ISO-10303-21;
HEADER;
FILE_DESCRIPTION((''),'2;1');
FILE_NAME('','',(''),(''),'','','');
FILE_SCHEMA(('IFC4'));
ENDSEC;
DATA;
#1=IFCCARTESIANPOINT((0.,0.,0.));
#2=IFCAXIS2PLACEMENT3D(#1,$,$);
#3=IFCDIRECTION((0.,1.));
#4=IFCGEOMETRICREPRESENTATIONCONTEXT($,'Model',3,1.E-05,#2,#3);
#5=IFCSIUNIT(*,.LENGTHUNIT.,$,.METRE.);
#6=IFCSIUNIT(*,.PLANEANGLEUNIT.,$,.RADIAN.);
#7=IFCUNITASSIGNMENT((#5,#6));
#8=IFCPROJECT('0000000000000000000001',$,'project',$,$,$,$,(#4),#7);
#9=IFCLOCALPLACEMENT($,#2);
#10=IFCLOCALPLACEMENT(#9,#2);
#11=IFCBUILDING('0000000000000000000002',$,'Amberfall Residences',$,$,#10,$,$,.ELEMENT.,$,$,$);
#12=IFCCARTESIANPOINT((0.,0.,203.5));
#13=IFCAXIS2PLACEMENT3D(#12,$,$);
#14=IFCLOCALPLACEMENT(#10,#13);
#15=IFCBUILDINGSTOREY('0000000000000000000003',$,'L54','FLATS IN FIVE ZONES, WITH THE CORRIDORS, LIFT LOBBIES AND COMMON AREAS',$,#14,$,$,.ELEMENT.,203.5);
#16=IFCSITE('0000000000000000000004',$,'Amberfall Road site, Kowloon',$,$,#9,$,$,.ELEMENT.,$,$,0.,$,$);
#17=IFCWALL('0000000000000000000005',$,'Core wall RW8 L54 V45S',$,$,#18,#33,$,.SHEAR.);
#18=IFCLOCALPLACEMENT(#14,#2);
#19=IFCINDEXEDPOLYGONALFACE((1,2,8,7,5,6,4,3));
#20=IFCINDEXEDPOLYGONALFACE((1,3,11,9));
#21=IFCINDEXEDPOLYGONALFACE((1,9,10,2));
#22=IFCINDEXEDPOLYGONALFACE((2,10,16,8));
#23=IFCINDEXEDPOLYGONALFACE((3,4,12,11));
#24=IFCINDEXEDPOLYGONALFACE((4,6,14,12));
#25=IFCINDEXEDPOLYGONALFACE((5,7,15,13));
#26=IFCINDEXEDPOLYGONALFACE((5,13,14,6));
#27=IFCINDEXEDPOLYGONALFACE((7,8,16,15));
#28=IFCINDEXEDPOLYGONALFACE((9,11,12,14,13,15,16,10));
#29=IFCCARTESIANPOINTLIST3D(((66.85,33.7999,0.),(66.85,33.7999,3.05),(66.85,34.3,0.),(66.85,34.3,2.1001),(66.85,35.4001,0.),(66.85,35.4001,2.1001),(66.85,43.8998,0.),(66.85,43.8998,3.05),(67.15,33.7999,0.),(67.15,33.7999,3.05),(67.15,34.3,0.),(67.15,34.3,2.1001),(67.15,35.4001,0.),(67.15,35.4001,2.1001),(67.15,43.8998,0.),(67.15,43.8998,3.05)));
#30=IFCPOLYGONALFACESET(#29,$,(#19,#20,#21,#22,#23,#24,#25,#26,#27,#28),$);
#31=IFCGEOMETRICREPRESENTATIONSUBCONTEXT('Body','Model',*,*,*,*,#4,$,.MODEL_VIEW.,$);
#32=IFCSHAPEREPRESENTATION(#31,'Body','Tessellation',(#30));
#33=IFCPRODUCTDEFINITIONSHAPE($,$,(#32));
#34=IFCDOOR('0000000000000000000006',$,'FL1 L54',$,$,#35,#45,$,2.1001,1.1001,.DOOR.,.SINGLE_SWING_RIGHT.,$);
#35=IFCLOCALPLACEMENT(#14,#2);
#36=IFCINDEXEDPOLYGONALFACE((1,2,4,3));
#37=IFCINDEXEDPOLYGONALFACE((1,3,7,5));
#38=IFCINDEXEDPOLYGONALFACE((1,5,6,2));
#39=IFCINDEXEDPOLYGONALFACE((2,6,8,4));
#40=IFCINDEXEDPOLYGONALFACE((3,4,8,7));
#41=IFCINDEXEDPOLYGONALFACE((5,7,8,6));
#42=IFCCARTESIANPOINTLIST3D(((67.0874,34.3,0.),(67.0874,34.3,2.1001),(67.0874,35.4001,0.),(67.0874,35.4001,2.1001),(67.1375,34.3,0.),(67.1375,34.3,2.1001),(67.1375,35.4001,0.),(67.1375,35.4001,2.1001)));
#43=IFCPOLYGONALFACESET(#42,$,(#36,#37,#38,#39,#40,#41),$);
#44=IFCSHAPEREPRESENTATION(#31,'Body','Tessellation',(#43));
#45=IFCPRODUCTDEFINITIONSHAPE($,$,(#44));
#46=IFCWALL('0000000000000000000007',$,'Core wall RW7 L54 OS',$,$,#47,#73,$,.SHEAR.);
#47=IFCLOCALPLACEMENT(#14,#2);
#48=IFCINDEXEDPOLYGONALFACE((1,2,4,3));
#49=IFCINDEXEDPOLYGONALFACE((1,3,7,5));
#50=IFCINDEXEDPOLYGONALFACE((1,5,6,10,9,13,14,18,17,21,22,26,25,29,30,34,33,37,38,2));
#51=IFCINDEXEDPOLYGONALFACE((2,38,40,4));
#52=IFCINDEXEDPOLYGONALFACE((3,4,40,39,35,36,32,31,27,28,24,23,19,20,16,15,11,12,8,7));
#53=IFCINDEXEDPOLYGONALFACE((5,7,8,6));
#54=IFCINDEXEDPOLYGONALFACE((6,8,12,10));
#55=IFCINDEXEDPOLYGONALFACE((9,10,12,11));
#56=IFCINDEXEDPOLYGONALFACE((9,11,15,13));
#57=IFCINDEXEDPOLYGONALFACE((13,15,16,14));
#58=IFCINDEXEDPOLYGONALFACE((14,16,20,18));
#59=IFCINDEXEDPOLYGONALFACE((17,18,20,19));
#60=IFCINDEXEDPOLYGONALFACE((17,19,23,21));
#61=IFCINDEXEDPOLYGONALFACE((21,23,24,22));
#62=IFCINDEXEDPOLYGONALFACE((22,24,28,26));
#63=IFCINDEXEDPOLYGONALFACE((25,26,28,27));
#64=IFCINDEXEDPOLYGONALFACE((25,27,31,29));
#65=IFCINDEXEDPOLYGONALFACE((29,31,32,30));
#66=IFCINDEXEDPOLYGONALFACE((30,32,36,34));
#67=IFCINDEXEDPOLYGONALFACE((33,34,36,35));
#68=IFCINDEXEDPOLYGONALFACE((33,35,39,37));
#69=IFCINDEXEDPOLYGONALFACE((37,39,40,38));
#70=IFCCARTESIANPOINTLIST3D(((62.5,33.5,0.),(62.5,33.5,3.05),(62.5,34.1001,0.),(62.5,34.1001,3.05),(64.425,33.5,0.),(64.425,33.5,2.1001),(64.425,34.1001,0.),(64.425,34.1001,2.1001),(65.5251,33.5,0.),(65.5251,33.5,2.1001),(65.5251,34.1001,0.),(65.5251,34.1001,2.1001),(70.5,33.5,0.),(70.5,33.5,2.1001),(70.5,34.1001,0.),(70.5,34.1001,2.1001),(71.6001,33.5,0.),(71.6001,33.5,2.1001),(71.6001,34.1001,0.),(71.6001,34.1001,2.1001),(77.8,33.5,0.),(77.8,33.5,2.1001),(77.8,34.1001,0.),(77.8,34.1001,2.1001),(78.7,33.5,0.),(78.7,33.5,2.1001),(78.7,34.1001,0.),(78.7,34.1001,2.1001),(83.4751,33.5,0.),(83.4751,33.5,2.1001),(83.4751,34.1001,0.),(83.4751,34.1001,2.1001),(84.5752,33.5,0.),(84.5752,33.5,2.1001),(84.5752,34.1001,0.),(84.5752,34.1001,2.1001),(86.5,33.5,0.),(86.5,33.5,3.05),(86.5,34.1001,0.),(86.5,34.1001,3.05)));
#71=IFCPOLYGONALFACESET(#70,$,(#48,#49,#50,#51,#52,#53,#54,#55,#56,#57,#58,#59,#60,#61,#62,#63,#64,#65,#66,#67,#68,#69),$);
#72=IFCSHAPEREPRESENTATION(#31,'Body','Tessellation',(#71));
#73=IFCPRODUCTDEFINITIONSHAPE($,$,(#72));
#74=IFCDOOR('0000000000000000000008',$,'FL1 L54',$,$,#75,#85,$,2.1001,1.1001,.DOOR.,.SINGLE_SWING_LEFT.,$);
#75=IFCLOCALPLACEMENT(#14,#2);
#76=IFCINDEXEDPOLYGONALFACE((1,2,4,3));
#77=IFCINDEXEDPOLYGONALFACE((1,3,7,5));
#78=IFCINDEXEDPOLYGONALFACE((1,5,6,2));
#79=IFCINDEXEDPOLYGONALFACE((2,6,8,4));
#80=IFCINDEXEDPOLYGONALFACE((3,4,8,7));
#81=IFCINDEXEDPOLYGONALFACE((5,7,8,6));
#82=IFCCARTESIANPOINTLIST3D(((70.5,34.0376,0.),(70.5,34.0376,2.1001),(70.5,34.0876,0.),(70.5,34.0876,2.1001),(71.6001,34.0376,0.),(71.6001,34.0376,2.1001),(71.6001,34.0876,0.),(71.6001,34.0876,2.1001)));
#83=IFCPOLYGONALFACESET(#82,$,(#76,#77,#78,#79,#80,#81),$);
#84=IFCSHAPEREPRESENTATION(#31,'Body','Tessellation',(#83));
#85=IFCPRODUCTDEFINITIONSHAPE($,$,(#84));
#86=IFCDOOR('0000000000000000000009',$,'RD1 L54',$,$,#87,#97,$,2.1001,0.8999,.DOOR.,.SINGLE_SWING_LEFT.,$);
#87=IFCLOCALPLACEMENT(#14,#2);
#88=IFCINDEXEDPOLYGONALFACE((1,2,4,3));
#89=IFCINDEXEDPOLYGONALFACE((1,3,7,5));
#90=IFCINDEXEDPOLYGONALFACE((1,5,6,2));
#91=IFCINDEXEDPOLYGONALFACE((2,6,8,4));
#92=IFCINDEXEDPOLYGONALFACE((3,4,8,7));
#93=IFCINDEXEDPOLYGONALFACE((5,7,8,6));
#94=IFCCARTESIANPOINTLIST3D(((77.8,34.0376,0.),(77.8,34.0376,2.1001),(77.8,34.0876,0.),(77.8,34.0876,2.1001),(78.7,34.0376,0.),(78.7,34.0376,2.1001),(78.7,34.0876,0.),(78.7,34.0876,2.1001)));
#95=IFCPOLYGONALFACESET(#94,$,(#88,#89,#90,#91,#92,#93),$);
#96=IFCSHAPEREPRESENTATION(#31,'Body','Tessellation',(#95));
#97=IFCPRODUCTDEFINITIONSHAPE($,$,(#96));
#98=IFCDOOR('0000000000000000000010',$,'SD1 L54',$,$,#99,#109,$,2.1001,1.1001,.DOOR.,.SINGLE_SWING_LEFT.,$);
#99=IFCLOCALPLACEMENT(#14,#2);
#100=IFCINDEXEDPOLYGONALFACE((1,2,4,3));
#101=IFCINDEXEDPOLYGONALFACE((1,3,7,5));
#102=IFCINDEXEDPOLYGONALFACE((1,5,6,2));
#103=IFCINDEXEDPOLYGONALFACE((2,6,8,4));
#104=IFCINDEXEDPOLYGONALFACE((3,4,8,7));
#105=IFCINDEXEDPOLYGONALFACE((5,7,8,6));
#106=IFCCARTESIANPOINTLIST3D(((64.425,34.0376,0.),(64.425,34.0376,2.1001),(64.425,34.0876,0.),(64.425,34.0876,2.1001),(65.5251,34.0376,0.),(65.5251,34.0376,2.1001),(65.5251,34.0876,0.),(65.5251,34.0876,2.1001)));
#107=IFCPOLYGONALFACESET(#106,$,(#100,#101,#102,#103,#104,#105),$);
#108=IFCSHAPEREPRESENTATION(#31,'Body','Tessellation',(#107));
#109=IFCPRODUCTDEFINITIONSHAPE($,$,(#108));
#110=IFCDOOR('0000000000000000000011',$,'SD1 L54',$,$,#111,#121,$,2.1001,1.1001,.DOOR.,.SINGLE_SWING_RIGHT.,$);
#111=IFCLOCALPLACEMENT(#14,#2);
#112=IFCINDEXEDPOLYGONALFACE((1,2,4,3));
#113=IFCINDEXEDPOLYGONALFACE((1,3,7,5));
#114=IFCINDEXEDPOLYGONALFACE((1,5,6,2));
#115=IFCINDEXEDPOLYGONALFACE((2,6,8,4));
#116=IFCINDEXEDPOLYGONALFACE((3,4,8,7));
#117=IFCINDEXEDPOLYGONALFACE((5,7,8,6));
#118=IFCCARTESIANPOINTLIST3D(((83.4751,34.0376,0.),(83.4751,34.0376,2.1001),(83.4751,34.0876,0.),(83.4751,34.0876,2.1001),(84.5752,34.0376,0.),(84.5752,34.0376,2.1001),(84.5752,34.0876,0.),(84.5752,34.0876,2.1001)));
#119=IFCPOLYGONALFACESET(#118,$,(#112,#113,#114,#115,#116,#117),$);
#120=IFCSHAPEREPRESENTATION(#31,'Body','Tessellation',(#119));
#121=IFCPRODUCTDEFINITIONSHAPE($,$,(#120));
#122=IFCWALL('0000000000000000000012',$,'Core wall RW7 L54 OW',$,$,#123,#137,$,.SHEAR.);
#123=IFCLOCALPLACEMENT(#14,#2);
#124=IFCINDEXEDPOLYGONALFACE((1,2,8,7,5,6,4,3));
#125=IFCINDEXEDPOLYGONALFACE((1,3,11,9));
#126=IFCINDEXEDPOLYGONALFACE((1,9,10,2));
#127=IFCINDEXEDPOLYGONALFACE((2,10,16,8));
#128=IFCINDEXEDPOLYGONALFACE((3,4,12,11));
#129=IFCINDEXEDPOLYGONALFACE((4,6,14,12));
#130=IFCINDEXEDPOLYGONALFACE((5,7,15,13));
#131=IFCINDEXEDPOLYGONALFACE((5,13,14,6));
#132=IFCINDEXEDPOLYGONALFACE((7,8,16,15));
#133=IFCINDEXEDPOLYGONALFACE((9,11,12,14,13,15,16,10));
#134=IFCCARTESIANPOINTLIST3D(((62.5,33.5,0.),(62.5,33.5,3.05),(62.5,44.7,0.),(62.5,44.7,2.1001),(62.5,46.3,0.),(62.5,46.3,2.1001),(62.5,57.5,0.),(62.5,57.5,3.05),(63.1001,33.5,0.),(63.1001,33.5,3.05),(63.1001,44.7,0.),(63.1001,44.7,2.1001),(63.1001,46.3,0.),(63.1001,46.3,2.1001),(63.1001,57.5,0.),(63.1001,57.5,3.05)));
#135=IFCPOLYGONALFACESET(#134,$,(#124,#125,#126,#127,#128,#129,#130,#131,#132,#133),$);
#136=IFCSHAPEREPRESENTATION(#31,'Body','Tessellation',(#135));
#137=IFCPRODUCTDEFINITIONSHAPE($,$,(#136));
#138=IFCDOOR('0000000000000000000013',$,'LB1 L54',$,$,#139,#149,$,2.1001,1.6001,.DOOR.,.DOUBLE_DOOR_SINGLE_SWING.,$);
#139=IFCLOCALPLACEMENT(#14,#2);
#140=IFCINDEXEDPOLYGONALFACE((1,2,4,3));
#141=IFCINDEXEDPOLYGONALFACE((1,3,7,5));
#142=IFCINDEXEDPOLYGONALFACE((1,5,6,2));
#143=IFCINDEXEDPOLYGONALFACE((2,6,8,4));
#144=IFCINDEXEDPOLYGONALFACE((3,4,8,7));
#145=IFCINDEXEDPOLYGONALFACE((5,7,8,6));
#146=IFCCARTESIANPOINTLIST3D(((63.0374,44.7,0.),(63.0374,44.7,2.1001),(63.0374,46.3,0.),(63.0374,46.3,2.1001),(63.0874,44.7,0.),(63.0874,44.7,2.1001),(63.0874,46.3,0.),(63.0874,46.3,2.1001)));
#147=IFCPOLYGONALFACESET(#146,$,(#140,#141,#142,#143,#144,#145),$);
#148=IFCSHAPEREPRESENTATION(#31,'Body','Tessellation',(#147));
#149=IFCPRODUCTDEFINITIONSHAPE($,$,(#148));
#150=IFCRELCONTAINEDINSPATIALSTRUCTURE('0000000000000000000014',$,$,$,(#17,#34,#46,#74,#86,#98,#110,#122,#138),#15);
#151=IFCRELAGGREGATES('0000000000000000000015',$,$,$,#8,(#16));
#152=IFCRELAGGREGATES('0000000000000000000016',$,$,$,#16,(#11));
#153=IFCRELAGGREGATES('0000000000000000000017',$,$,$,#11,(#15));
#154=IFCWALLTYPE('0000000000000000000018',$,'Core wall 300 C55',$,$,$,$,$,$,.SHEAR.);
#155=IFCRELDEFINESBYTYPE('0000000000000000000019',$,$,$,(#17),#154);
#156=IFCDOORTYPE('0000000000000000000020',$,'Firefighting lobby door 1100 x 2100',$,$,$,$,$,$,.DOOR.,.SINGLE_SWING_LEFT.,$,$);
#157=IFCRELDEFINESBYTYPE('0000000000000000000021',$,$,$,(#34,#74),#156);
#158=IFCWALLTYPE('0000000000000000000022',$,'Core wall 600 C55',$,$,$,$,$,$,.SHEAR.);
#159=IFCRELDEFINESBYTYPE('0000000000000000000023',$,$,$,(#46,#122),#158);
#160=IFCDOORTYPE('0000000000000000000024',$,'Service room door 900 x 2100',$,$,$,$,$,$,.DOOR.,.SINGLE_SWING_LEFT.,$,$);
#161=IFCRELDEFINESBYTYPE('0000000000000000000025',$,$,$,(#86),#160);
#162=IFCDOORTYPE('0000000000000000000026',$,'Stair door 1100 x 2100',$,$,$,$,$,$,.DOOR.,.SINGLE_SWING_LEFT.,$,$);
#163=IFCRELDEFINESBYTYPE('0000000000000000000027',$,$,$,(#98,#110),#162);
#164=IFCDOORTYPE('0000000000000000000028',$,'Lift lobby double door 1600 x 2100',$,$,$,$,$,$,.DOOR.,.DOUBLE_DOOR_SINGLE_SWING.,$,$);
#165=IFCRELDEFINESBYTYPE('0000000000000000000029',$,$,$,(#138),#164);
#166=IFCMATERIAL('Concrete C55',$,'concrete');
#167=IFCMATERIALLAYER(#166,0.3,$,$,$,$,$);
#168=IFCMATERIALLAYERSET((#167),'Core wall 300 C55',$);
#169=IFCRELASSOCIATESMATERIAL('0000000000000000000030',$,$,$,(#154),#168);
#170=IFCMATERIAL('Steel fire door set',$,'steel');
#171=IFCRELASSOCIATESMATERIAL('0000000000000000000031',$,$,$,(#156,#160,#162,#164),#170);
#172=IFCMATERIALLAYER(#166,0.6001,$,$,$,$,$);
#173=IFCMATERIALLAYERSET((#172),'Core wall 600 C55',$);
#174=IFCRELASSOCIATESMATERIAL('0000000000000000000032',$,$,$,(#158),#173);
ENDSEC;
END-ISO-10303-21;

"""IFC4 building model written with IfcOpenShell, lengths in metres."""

from ifc_helpers import new_model, si_unit, direction, frame, frame_2d, origin, place, context, subcontext, project, spatial, rectangle, extrude, material, layer, layer_set, type_object, element, fill, save


model = new_model("IFC4")

# Units and contexts
model_context = context("Model", 3, precision=1e-05, world=origin(), true_north=direction((0.0, 1.0)))
body_context = subcontext(model_context, "Body", "Model", "MODEL_VIEW")
ifc_project = project(units=[si_unit("LENGTHUNIT", "METRE"), si_unit("PLANEANGLEUNIT", "RADIAN")], contexts=[model_context])

# Site, building, storey
site_placement = place(None, origin())
site = spatial("IfcSite", under=ifc_project, at=site_placement, Name="Amberfall Road site, Kowloon", CompositionType="ELEMENT", RefElevation=0.0)
building_placement = place(site_placement, origin())
building = spatial("IfcBuilding", under=site, at=building_placement, Name="Amberfall Residences", CompositionType="ELEMENT")
storey_placement = place(building_placement, frame((0.0, 0.0, 203.5)))
storey = spatial("IfcBuildingStorey", under=building, at=storey_placement, Name="L54", Description="FLATS IN FIVE ZONES, WITH THE CORRIDORS, LIFT LOBBIES AND COMMON AREAS", CompositionType="ELEMENT", Elevation=203.5)

# Wall, opening, door
ifc_material_1 = material(Name="Concrete C55", Category="concrete")
ifc_layer_1 = layer(ifc_material_1, 0.3)
ifc_layer_set_1 = layer_set([ifc_layer_1], Name="Core wall 300 C55")
wall_type_1 = type_object("IfcWallType", Name="Core wall 300 C55", PredefinedType="SHEAR", material=ifc_layer_set_1)
wall_1_placement = place(storey_placement, frame((67.0, 33.8, 0.0), z_axis=(0.0, 0.0, 1.0), x_axis=(0.0, 1.0, 0.0)))
wall_1 = element("IfcWall", 1, at=wall_1_placement, inside=storey, type_object=wall_type_1, Name="Core wall RW8 L54 V45S", PredefinedType="SHEAR", context=body_context, shape_type="SweptSolid", body=[
    extrude(rectangle(XDim=10.0999, YDim=0.3, at=frame_2d((5.0498, 0.0))), origin(), (0.0, 0.0, 1.0), 3.05),
])
opening_1_placement = place(wall_1_placement, frame((0.5, 0.0, 0.0)))
opening_1 = element("IfcOpeningElement", 2, at=opening_1_placement, cuts=wall_1, PredefinedType="OPENING", context=body_context, shape_type="SweptSolid", body=[
    extrude(rectangle(XDim=1.1001, YDim=2.1001, at=frame_2d((0.55, 1.05))), frame((0.0, 0.1599, 0.0), z_axis=(0.0, -1.0, 0.0), x_axis=(1.0, 0.0, 0.0)), (0.0, 0.0, 1.0), 0.3201),
])
ifc_material_2 = material(Name="Steel fire door set", Category="steel")
door_type_1 = type_object("IfcDoorType", Name="Firefighting lobby door 1100 x 2100", OperationType="SINGLE_SWING_LEFT", PredefinedType="DOOR", material=ifc_material_2)
door_1_placement = place(opening_1_placement, origin())
door_1 = element("IfcDoor", 3, at=door_1_placement, inside=storey, type_object=door_type_1, Name="FL1 L54", OperationType="SINGLE_SWING_RIGHT", OverallHeight=2.1001, OverallWidth=1.1001, PredefinedType="DOOR", context=body_context, shape_type="SweptSolid", body=[
    extrude(rectangle(XDim=1.1001, YDim=2.1001, at=frame_2d((0.55, 1.05))), frame((0.0, -0.0874, 0.0), z_axis=(0.0, -1.0, 0.0), x_axis=(1.0, 0.0, 0.0)), (0.0, 0.0, 1.0), 0.05),
])
fill(opening_1, door_1)

# Wall, openings, doors
ifc_layer_2 = layer(ifc_material_1, 0.6001)
ifc_layer_set_2 = layer_set([ifc_layer_2], Name="Core wall 600 C55")
wall_type_2 = type_object("IfcWallType", Name="Core wall 600 C55", PredefinedType="SHEAR", material=ifc_layer_set_2)
wall_2_placement = place(storey_placement, frame((62.5, 33.8, 0.0), z_axis=(0.0, 0.0, 1.0), x_axis=(1.0, 0.0, 0.0)))
wall_2 = element("IfcWall", 4, at=wall_2_placement, inside=storey, type_object=wall_type_2, Name="Core wall RW7 L54 OS", PredefinedType="SHEAR", context=body_context, shape_type="SweptSolid", body=[
    extrude(rectangle(XDim=24.0, YDim=0.6001, at=frame_2d((12.0, 0.0))), origin(), (0.0, 0.0, 1.0), 3.05),
])
opening_2_placement = place(wall_2_placement, frame((1.925, 0.0, 0.0)))
opening_2 = element("IfcOpeningElement", 5, at=opening_2_placement, cuts=wall_2, PredefinedType="OPENING", context=body_context, shape_type="SweptSolid", body=[
    extrude(rectangle(XDim=1.1001, YDim=2.1001, at=frame_2d((0.55, 1.05))), frame((0.0, 0.3101, 0.0), z_axis=(0.0, -1.0, 0.0), x_axis=(1.0, 0.0, 0.0)), (0.0, 0.0, 1.0), 0.6201),
])
opening_3_placement = place(wall_2_placement, frame((20.9751, 0.0, 0.0)))
opening_3 = element("IfcOpeningElement", 6, at=opening_3_placement, cuts=wall_2, PredefinedType="OPENING", context=body_context, shape_type="SweptSolid", body=[
    extrude(rectangle(XDim=1.1001, YDim=2.1001, at=frame_2d((0.55, 1.05))), frame((0.0, 0.3101, 0.0), z_axis=(0.0, -1.0, 0.0), x_axis=(1.0, 0.0, 0.0)), (0.0, 0.0, 1.0), 0.6201),
])
opening_4_placement = place(wall_2_placement, frame((8.0, 0.0, 0.0)))
opening_4 = element("IfcOpeningElement", 7, at=opening_4_placement, cuts=wall_2, PredefinedType="OPENING", context=body_context, shape_type="SweptSolid", body=[
    extrude(rectangle(XDim=1.1001, YDim=2.1001, at=frame_2d((0.55, 1.05))), frame((0.0, 0.3101, 0.0), z_axis=(0.0, -1.0, 0.0), x_axis=(1.0, 0.0, 0.0)), (0.0, 0.0, 1.0), 0.6201),
])
opening_5_placement = place(wall_2_placement, frame((15.3, 0.0, 0.0)))
opening_5 = element("IfcOpeningElement", 8, at=opening_5_placement, cuts=wall_2, PredefinedType="OPENING", context=body_context, shape_type="SweptSolid", body=[
    extrude(rectangle(XDim=0.8999, YDim=2.1001, at=frame_2d((0.45, 1.05))), frame((0.0, 0.3101, 0.0), z_axis=(0.0, -1.0, 0.0), x_axis=(1.0, 0.0, 0.0)), (0.0, 0.0, 1.0), 0.6201),
])
door_2_placement = place(opening_4_placement, origin())
door_2 = element("IfcDoor", 9, at=door_2_placement, inside=storey, type_object=door_type_1, Name="FL1 L54", OperationType="SINGLE_SWING_LEFT", OverallHeight=2.1001, OverallWidth=1.1001, PredefinedType="DOOR", context=body_context, shape_type="SweptSolid", body=[
    extrude(rectangle(XDim=1.1001, YDim=2.1001, at=frame_2d((0.55, 1.05))), frame((0.0, 0.2876, 0.0), z_axis=(0.0, -1.0, 0.0), x_axis=(1.0, 0.0, 0.0)), (0.0, 0.0, 1.0), 0.05),
])
fill(opening_4, door_2)
door_type_2 = type_object("IfcDoorType", Name="Service room door 900 x 2100", OperationType="SINGLE_SWING_LEFT", PredefinedType="DOOR", material=ifc_material_2)
door_3_placement = place(opening_5_placement, origin())
door_3 = element("IfcDoor", 10, at=door_3_placement, inside=storey, type_object=door_type_2, Name="RD1 L54", OperationType="SINGLE_SWING_LEFT", OverallHeight=2.1001, OverallWidth=0.8999, PredefinedType="DOOR", context=body_context, shape_type="SweptSolid", body=[
    extrude(rectangle(XDim=0.8999, YDim=2.1001, at=frame_2d((0.45, 1.05))), frame((0.0, 0.2876, 0.0), z_axis=(0.0, -1.0, 0.0), x_axis=(1.0, 0.0, 0.0)), (0.0, 0.0, 1.0), 0.05),
])
fill(opening_5, door_3)
door_type_3 = type_object("IfcDoorType", Name="Stair door 1100 x 2100", OperationType="SINGLE_SWING_LEFT", PredefinedType="DOOR", material=ifc_material_2)
door_4_placement = place(opening_2_placement, origin())
door_4 = element("IfcDoor", 11, at=door_4_placement, inside=storey, type_object=door_type_3, Name="SD1 L54", OperationType="SINGLE_SWING_LEFT", OverallHeight=2.1001, OverallWidth=1.1001, PredefinedType="DOOR", context=body_context, shape_type="SweptSolid", body=[
    extrude(rectangle(XDim=1.1001, YDim=2.1001, at=frame_2d((0.55, 1.05))), frame((0.0, 0.2876, 0.0), z_axis=(0.0, -1.0, 0.0), x_axis=(1.0, 0.0, 0.0)), (0.0, 0.0, 1.0), 0.05),
])
fill(opening_2, door_4)
door_5_placement = place(opening_3_placement, origin())
door_5 = element("IfcDoor", 12, at=door_5_placement, inside=storey, type_object=door_type_3, Name="SD1 L54", OperationType="SINGLE_SWING_RIGHT", OverallHeight=2.1001, OverallWidth=1.1001, PredefinedType="DOOR", context=body_context, shape_type="SweptSolid", body=[
    extrude(rectangle(XDim=1.1001, YDim=2.1001, at=frame_2d((0.55, 1.05))), frame((0.0, 0.2876, 0.0), z_axis=(0.0, -1.0, 0.0), x_axis=(1.0, 0.0, 0.0)), (0.0, 0.0, 1.0), 0.05),
])
fill(opening_3, door_5)

# Wall, opening, door
wall_3_placement = place(storey_placement, frame((62.8, 33.5, 0.0), z_axis=(0.0, 0.0, 1.0), x_axis=(0.0, 1.0, 0.0)))
wall_3 = element("IfcWall", 13, at=wall_3_placement, inside=storey, type_object=wall_type_2, Name="Core wall RW7 L54 OW", PredefinedType="SHEAR", context=body_context, shape_type="SweptSolid", body=[
    extrude(rectangle(XDim=24.0, YDim=0.6001, at=frame_2d((12.0, 0.0))), origin(), (0.0, 0.0, 1.0), 3.05),
])
opening_6_placement = place(wall_3_placement, frame((11.2, 0.0, 0.0)))
opening_6 = element("IfcOpeningElement", 14, at=opening_6_placement, cuts=wall_3, PredefinedType="OPENING", context=body_context, shape_type="SweptSolid", body=[
    extrude(rectangle(XDim=1.6001, YDim=2.1001, at=frame_2d((0.8, 1.05))), frame((0.0, 0.3101, 0.0), z_axis=(0.0, -1.0, 0.0), x_axis=(1.0, 0.0, 0.0)), (0.0, 0.0, 1.0), 0.6201),
])
door_type_4 = type_object("IfcDoorType", Name="Lift lobby double door 1600 x 2100", OperationType="DOUBLE_DOOR_SINGLE_SWING", PredefinedType="DOOR", material=ifc_material_2)
door_6_placement = place(opening_6_placement, origin())
door_6 = element("IfcDoor", 15, at=door_6_placement, inside=storey, type_object=door_type_4, Name="LB1 L54", OperationType="DOUBLE_DOOR_SINGLE_SWING", OverallHeight=2.1001, OverallWidth=1.6001, PredefinedType="DOOR", context=body_context, shape_type="SweptSolid", body=[
    extrude(rectangle(XDim=1.6001, YDim=2.1001, at=frame_2d((0.8, 1.05))), frame((0.0, -0.2373, 0.0), z_axis=(0.0, -1.0, 0.0), x_axis=(1.0, 0.0, 0.0)), (0.0, 0.0, 1.0), 0.05),
])
fill(opening_6, door_6)

save(model, "model.ifc")
